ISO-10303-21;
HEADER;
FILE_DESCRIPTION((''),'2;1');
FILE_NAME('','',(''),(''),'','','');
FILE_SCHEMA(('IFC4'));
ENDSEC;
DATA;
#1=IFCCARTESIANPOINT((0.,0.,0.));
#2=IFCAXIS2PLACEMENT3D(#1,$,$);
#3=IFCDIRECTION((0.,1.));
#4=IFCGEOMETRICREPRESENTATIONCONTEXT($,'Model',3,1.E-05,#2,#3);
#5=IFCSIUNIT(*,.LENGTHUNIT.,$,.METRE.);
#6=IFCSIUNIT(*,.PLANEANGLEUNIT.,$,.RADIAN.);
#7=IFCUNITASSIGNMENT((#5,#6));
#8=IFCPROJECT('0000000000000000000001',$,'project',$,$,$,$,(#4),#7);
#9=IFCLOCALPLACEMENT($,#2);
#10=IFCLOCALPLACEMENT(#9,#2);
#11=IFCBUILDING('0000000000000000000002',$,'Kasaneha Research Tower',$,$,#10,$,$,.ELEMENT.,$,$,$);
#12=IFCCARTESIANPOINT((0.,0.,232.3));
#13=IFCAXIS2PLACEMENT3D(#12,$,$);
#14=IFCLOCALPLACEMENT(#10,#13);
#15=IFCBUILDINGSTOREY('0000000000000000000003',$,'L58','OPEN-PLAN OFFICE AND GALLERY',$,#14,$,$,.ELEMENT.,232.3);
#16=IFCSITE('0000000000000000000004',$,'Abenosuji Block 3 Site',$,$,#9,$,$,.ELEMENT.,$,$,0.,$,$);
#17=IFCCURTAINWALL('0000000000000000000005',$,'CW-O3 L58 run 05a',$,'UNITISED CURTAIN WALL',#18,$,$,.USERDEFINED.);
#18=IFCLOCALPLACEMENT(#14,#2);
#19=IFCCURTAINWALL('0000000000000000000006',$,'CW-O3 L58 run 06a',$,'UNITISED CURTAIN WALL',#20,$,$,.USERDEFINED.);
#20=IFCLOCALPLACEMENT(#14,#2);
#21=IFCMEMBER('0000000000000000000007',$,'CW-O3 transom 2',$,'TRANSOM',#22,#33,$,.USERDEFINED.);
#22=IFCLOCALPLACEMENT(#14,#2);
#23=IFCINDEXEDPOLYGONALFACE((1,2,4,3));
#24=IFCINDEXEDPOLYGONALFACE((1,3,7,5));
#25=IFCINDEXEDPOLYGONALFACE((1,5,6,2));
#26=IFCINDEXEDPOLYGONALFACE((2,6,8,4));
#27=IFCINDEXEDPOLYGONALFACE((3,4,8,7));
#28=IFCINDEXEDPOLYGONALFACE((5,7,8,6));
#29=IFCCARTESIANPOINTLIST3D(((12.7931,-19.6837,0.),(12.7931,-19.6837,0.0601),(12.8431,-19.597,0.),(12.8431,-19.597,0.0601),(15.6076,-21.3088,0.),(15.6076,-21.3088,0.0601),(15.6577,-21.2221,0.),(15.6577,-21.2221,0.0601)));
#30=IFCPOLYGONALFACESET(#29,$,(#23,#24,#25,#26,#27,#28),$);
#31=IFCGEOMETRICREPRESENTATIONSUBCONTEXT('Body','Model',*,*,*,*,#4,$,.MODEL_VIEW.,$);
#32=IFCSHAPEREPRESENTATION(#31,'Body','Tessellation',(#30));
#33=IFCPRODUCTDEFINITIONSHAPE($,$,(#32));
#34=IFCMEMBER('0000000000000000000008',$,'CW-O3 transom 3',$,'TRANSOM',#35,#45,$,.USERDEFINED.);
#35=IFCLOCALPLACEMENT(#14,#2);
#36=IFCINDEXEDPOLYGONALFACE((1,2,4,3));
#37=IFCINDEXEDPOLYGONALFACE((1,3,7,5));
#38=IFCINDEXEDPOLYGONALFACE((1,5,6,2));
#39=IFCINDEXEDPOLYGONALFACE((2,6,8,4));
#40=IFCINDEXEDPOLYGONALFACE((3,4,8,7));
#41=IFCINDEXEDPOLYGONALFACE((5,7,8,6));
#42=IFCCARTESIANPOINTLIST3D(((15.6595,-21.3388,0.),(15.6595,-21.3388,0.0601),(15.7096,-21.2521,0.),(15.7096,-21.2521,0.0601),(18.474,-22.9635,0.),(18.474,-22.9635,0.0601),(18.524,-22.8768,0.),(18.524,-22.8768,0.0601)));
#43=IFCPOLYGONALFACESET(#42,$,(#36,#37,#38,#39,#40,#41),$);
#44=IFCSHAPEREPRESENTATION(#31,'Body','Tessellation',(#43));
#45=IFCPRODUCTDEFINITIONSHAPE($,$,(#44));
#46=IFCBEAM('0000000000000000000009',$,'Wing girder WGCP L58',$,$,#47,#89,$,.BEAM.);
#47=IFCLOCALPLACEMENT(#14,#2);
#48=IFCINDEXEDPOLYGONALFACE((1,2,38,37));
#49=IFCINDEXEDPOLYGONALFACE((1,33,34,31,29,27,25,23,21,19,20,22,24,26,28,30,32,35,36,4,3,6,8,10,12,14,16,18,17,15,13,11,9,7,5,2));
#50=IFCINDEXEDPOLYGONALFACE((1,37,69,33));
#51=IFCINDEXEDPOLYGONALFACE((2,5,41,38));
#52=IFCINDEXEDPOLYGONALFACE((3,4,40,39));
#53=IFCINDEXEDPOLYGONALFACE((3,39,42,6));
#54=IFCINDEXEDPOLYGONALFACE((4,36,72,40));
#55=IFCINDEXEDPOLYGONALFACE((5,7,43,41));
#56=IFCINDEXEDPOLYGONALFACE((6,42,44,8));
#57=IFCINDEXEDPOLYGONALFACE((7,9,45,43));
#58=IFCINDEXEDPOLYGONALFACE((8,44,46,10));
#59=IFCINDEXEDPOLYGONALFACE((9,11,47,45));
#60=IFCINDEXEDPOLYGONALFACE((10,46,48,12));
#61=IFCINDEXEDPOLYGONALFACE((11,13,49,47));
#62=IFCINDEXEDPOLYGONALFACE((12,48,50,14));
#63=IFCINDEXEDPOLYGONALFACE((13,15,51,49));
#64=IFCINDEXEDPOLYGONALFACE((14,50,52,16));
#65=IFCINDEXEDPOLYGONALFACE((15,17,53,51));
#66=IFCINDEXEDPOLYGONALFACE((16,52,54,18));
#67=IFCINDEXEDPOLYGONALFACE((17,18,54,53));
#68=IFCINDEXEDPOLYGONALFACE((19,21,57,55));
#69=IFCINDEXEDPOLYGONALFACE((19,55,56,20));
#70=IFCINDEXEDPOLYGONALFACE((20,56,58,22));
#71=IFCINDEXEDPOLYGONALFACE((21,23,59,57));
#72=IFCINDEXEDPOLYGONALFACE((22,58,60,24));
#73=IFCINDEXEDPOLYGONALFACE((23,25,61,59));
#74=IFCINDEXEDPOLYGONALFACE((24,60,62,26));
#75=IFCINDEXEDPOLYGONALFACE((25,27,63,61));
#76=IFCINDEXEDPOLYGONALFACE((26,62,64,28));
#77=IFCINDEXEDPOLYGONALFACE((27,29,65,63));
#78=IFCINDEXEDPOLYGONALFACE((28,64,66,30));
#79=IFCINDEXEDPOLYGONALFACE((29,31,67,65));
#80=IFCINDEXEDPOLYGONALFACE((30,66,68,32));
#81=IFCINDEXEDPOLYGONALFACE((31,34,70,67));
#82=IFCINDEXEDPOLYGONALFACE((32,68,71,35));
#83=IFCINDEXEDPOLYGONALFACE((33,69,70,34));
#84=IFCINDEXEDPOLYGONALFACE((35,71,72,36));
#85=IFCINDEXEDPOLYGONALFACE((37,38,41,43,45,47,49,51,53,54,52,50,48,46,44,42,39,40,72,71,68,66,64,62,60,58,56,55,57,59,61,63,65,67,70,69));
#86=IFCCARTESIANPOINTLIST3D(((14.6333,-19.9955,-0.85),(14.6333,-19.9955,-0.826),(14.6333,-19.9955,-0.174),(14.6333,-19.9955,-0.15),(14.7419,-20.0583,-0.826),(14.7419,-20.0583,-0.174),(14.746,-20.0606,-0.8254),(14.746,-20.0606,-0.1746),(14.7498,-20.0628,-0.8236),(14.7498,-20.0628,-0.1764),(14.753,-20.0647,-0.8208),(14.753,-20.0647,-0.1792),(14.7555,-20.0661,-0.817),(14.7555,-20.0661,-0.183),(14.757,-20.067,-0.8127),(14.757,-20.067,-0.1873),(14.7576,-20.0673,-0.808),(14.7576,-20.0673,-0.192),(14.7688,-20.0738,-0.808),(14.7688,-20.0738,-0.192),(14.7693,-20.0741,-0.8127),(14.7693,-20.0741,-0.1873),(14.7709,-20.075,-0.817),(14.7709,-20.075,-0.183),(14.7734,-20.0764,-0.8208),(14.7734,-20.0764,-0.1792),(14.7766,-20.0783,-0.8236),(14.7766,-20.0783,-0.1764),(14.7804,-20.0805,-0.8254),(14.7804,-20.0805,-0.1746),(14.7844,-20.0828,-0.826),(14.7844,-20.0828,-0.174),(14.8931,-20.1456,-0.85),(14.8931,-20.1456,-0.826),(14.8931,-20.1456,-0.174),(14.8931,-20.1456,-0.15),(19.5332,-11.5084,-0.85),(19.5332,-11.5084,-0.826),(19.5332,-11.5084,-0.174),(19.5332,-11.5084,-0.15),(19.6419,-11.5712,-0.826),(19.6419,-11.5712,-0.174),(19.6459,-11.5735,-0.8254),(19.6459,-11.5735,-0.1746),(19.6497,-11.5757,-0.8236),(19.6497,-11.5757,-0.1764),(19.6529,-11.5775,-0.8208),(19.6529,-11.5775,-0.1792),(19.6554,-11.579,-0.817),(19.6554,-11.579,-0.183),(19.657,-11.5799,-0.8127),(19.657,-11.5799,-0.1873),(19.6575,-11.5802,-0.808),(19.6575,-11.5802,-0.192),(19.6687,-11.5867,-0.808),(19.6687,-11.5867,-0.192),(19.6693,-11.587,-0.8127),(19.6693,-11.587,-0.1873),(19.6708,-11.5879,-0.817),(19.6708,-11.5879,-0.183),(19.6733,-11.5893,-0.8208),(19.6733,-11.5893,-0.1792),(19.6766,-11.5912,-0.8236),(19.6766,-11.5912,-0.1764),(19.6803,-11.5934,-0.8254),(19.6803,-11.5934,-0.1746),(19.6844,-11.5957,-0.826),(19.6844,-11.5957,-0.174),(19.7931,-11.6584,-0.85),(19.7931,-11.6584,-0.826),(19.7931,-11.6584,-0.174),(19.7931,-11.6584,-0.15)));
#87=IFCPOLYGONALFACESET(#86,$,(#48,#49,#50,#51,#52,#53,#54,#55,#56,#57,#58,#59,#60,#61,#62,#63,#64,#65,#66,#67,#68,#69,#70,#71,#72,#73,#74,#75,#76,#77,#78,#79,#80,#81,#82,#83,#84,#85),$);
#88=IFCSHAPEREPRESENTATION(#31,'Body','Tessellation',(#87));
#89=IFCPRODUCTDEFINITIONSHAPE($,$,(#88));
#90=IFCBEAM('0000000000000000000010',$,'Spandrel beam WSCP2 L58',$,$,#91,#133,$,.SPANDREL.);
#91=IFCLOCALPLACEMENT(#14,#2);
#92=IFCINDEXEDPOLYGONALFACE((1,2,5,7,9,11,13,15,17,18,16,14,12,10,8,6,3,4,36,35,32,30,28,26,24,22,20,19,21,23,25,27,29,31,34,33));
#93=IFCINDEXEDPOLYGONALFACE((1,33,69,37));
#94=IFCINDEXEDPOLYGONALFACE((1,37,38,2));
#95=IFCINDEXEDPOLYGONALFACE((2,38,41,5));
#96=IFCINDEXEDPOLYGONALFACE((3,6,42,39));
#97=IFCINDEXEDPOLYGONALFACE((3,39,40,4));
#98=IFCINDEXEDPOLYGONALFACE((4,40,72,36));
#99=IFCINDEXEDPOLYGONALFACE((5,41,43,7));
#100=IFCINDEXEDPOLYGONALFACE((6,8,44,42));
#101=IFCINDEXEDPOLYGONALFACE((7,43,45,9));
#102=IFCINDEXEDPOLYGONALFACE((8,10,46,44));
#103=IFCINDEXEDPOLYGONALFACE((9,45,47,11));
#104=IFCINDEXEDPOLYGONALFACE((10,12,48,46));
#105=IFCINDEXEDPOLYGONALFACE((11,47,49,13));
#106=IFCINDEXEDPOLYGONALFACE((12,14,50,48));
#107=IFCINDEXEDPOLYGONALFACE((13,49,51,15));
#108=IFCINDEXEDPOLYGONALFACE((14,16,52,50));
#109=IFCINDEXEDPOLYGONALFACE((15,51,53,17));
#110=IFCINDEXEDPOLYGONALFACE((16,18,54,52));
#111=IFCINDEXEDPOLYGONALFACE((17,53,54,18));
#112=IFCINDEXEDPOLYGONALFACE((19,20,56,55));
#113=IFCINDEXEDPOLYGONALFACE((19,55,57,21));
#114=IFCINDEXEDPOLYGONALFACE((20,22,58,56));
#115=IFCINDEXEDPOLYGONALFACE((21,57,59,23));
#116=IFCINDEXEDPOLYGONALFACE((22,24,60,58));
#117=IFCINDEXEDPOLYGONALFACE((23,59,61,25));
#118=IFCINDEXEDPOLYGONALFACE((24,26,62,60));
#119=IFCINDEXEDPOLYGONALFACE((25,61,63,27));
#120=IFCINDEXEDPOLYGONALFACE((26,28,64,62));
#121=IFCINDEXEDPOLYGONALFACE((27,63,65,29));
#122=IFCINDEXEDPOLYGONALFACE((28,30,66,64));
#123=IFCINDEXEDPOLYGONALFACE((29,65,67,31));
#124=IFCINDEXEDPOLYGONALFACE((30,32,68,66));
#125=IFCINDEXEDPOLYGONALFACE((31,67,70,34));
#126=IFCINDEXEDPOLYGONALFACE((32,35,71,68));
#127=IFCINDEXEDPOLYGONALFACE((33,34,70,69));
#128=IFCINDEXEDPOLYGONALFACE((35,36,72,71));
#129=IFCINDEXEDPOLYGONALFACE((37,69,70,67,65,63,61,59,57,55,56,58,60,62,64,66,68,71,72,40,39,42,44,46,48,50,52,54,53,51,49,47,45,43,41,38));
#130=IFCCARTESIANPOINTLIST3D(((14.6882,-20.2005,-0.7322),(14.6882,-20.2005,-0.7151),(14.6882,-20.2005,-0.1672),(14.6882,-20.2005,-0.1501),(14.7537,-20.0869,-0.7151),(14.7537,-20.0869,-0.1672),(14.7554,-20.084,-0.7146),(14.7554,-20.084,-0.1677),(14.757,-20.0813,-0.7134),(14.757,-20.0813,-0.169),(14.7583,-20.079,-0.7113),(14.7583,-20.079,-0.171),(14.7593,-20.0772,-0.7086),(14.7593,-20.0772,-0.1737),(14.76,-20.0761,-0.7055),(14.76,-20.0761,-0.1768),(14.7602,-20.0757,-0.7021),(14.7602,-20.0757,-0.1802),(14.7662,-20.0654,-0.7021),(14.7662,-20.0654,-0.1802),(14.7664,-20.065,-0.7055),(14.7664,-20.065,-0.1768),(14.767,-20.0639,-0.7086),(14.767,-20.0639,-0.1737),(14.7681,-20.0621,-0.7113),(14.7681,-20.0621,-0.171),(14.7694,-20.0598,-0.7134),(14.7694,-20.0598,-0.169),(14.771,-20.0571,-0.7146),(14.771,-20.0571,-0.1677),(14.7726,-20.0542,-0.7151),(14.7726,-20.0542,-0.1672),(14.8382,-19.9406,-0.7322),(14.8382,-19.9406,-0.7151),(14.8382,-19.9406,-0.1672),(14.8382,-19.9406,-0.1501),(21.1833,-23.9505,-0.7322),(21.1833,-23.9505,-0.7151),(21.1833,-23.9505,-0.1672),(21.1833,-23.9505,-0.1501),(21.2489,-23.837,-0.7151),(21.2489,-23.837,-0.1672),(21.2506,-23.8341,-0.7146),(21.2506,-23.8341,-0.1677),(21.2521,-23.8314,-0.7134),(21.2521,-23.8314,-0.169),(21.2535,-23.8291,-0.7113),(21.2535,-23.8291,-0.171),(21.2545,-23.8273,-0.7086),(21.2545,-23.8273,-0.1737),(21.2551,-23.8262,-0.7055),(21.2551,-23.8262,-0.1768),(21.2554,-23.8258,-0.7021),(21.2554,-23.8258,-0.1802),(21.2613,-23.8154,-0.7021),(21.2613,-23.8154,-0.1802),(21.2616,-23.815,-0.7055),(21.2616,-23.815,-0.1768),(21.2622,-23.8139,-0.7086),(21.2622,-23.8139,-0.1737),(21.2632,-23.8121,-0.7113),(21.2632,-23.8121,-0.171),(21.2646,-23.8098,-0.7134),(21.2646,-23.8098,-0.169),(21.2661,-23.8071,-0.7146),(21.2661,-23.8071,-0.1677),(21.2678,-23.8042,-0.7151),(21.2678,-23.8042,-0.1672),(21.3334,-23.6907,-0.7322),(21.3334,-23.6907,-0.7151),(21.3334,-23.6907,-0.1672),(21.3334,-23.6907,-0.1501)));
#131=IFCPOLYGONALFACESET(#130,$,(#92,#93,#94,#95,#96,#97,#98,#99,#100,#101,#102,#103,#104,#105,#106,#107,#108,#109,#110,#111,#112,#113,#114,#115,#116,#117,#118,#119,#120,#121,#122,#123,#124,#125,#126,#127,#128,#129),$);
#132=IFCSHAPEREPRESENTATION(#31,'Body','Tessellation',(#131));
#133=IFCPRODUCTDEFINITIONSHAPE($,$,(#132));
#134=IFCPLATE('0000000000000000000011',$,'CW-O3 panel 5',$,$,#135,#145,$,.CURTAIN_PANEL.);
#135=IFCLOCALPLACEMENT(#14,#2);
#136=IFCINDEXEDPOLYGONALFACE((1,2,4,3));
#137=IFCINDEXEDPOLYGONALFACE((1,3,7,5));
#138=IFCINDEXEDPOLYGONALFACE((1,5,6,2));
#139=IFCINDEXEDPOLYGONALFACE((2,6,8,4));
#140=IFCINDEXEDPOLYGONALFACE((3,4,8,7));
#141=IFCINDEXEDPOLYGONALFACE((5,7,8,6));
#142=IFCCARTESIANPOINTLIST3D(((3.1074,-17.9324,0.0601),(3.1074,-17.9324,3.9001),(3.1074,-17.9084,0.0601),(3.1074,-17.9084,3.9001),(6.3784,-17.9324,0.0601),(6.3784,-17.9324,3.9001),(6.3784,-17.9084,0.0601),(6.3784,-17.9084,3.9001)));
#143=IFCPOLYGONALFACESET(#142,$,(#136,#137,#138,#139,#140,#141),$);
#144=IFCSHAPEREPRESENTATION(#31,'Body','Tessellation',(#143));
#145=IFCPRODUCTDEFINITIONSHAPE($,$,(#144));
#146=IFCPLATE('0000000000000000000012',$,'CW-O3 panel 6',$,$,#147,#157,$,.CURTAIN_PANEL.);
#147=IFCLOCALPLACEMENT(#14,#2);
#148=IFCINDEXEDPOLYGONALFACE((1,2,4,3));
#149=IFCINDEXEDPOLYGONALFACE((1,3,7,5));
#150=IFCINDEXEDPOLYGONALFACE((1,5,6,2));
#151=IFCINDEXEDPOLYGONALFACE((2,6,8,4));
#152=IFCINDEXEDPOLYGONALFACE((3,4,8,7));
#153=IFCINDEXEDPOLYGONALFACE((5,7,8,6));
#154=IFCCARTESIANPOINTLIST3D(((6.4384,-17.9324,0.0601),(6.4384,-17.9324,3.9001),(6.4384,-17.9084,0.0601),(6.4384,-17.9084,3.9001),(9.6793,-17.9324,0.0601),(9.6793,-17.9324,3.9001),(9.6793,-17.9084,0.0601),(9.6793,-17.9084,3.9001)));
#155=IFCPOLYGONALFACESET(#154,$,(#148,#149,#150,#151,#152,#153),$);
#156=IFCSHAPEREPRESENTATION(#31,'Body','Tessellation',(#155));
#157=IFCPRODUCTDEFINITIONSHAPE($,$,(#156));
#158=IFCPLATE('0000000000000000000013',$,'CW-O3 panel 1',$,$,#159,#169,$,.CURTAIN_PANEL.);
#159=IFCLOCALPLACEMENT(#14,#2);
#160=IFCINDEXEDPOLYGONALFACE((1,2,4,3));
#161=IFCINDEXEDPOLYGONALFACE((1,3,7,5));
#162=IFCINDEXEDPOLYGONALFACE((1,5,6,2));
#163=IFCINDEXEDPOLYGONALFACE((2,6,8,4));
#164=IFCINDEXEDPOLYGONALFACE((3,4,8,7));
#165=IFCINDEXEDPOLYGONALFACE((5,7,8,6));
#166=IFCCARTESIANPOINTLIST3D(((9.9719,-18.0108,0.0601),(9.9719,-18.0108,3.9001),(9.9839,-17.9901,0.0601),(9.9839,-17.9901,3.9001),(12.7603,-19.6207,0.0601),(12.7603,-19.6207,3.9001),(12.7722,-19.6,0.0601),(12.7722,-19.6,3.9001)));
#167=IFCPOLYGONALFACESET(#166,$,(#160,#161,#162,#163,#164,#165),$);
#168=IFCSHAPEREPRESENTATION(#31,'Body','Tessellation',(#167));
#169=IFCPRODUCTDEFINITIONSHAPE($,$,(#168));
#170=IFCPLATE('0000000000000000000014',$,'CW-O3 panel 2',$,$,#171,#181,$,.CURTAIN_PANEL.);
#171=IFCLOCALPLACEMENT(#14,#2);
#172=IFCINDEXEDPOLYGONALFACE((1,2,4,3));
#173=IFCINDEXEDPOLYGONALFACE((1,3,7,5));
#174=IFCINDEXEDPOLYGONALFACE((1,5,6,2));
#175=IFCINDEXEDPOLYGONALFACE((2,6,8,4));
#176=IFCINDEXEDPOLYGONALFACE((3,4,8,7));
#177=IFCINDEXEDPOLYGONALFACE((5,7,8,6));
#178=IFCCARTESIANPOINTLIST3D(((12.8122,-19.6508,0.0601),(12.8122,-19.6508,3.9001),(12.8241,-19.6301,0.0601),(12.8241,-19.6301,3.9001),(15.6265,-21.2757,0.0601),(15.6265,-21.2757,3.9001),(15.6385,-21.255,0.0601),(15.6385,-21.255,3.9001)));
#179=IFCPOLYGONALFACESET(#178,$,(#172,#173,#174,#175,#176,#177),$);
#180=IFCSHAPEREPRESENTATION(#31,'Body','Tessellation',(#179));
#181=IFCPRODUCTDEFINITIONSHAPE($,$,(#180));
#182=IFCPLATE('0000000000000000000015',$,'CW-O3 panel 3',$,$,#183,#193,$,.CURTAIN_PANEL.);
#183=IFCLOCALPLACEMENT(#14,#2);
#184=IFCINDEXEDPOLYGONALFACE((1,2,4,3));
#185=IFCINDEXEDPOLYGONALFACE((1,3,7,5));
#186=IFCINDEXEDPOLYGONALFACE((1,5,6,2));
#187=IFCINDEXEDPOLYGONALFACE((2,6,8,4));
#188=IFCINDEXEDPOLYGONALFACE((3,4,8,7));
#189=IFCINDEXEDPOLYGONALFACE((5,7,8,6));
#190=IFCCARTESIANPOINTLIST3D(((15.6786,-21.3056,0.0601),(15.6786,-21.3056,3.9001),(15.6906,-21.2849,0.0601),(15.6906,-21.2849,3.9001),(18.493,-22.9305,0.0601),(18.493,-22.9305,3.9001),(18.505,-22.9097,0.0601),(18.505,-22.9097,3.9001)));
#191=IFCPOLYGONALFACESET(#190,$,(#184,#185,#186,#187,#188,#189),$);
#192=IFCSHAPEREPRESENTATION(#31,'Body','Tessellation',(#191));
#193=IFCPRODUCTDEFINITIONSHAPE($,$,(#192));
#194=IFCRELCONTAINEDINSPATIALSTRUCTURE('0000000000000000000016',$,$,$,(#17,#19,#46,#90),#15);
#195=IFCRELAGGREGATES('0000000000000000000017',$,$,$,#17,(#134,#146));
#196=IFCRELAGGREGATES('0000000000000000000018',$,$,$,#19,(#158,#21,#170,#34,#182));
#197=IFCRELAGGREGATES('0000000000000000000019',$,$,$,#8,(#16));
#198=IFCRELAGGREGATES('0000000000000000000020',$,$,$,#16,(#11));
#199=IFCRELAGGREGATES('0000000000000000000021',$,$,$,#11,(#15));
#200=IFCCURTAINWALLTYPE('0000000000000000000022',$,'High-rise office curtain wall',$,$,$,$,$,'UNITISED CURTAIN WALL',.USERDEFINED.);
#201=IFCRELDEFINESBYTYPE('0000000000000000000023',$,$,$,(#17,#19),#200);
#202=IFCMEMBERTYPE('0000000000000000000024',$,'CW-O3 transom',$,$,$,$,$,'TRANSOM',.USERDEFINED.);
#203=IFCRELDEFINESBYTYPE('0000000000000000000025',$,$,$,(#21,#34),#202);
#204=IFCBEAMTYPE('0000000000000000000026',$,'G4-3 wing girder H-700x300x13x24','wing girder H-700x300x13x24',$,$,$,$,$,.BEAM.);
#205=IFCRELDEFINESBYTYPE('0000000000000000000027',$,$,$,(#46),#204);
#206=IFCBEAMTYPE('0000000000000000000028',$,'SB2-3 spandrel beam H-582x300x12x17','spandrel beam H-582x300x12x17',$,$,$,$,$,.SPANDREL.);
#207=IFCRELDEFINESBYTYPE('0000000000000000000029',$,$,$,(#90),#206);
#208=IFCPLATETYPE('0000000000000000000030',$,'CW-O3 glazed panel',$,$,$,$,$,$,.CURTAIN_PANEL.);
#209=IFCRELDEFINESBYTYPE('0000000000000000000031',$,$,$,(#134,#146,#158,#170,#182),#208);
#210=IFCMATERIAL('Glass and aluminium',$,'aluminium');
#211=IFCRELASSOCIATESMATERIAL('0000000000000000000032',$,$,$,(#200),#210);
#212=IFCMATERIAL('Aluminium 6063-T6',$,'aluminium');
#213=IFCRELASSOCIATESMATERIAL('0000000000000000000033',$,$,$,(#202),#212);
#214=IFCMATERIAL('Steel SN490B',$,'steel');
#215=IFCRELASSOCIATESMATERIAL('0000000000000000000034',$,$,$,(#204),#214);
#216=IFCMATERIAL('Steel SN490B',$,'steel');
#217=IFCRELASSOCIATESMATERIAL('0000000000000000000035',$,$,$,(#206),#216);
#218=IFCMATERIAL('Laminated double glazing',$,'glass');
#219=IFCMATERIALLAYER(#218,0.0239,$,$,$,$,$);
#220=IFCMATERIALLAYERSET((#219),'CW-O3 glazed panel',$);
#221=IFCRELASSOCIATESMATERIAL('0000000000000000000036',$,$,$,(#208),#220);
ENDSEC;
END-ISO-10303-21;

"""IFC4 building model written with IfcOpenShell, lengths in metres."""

from ifc_helpers import new_model, si_unit, direction, frame, origin, origin_2d, place, context, subcontext, project, spatial, rectangle, i_section, extrude, material, layer, layer_set, material_profile, profile_set, type_object, element, aggregate, save


model = new_model("IFC4")

# Units and contexts
model_context = context("Model", 3, precision=1e-05, world=origin(), true_north=direction((0.0, 1.0)))
body_context = subcontext(model_context, "Body", "Model", "MODEL_VIEW")
ifc_project = project(units=[si_unit("LENGTHUNIT", "METRE"), si_unit("PLANEANGLEUNIT", "RADIAN")], contexts=[model_context])

# Site, building, storey
site_placement = place(None, origin())
site = spatial("IfcSite", under=ifc_project, at=site_placement, Name="Abenosuji Block 3 Site", CompositionType="ELEMENT", RefElevation=0.0)
building_placement = place(site_placement, origin())
building = spatial("IfcBuilding", under=site, at=building_placement, Name="Kasaneha Research Tower", CompositionType="ELEMENT")
storey_placement = place(building_placement, frame((0.0, 0.0, 232.3)))
storey = spatial("IfcBuildingStorey", under=building, at=storey_placement, Name="L58", Description="OPEN-PLAN OFFICE AND GALLERY", CompositionType="ELEMENT", Elevation=232.3)

# Curtain walls
ifc_material_1 = material(Name="Glass and aluminium", Category="aluminium")
curtain_wall_type = type_object("IfcCurtainWallType", Name="High-rise office curtain wall", ElementType="UNITISED CURTAIN WALL", PredefinedType="USERDEFINED", material=ifc_material_1)
curtain_wall_1_placement = place(storey_placement, origin())
curtain_wall_1 = element("IfcCurtainWall", 1, at=curtain_wall_1_placement, inside=storey, type_object=curtain_wall_type, Name="CW-O3 L58 run 05a", ObjectType="UNITISED CURTAIN WALL", PredefinedType="USERDEFINED")
curtain_wall_2_placement = place(storey_placement, origin())
curtain_wall_2 = element("IfcCurtainWall", 2, at=curtain_wall_2_placement, inside=storey, type_object=curtain_wall_type, Name="CW-O3 L58 run 06a", ObjectType="UNITISED CURTAIN WALL", PredefinedType="USERDEFINED")

# Members
ifc_material_2 = material(Name="Aluminium 6063-T6", Category="aluminium")
ifc_material_profile_1 = material_profile(ifc_material_2, rectangle(XDim=0.1001, YDim=0.0601, at=origin_2d()), Name="CW-O3 transom 100x60")
ifc_profile_set_1 = profile_set([ifc_material_profile_1], Name="Aluminium 6063-T6")
member_type_1 = type_object("IfcMemberType", Name="CW-O3 transom", ElementType="TRANSOM", PredefinedType="USERDEFINED", material=ifc_profile_set_1)
member_1_placement = place(storey_placement, frame((12.8181, -19.6404, 0.03), z_axis=(0.866015, -0.500017, 0.0), x_axis=(0.500017, 0.866015, 0.0)))
member_1 = element("IfcMember", 3, at=member_1_placement, type_object=member_type_1, Name="CW-O3 transom 2", ObjectType="TRANSOM", PredefinedType="USERDEFINED", context=body_context, shape_type="SweptSolid", body=[
    extrude(rectangle(XDim=0.1001, YDim=0.0601, at=origin_2d()), origin(), (0.0, 0.0, 1.0), 3.25),
])
member_2_placement = place(storey_placement, frame((15.6846, -21.2954, 0.03), z_axis=(0.866048, -0.499961, 0.0), x_axis=(0.499961, 0.866048, 0.0)))
member_2 = element("IfcMember", 4, at=member_2_placement, type_object=member_type_1, Name="CW-O3 transom 3", ObjectType="TRANSOM", PredefinedType="USERDEFINED", context=body_context, shape_type="SweptSolid", body=[
    extrude(rectangle(XDim=0.1001, YDim=0.0601, at=origin_2d()), origin(), (0.0, 0.0, 1.0), 3.2498),
])

# Beams
ifc_material_3 = material(Name="Steel SN490B", Category="steel")
ifc_material_profile_2 = material_profile(ifc_material_3, i_section(OverallWidth=0.3, OverallDepth=0.7, WebThickness=0.0129, FlangeThickness=0.0239, FilletRadius=0.0181, at=origin_2d()), Name="H-700x300x13x24")
ifc_profile_set_2 = profile_set([ifc_material_profile_2], Name="Steel SN490B")
beam_type_1 = type_object("IfcBeamType", Name="G4-3 wing girder H-700x300x13x24", Description="wing girder H-700x300x13x24", PredefinedType="BEAM", material=ifc_profile_set_2)
beam_1_placement = place(storey_placement, frame((14.7632, -20.0706, -0.5), z_axis=(0.499992, 0.86603, 0.0), x_axis=(-0.86603, 0.499992, 0.0)))
element("IfcBeam", 5, at=beam_1_placement, inside=storey, type_object=beam_type_1, Name="Wing girder WGCP L58", PredefinedType="BEAM", context=body_context, shape_type="SweptSolid", body=[
    extrude(i_section(OverallWidth=0.3, OverallDepth=0.7, WebThickness=0.0129, FlangeThickness=0.0239, FilletRadius=0.0181, at=origin_2d()), origin(), (0.0, 0.0, 1.0), 9.8),
])
ifc_material_4 = material(Name="Steel SN490B", Category="steel")
ifc_material_profile_3 = material_profile(ifc_material_4, i_section(OverallWidth=0.3, OverallDepth=0.582, WebThickness=0.012, FlangeThickness=0.0171, FilletRadius=0.0129, at=origin_2d()), Name="H-582x300x12x17")
ifc_profile_set_3 = profile_set([ifc_material_profile_3], Name="Steel SN490B")
beam_type_2 = type_object("IfcBeamType", Name="SB2-3 spandrel beam H-582x300x12x17", Description="spandrel beam H-582x300x12x17", PredefinedType="SPANDREL", material=ifc_profile_set_3)
beam_2_placement = place(storey_placement, frame((14.7632, -20.0706, -0.4412), z_axis=(0.866023, -0.500004, 0.0), x_axis=(0.500004, 0.866023, 0.0)))
element("IfcBeam", 6, at=beam_2_placement, inside=storey, type_object=beam_type_2, Name="Spandrel beam WSCP2 L58", PredefinedType="SPANDREL", context=body_context, shape_type="SweptSolid", body=[
    extrude(i_section(OverallWidth=0.3, OverallDepth=0.582, WebThickness=0.012, FlangeThickness=0.0171, FilletRadius=0.0129, at=origin_2d()), origin(), (0.0, 0.0, 1.0), 7.5),
])

# Plates
ifc_material_5 = material(Name="Laminated double glazing", Category="glass")
ifc_layer_1 = layer(ifc_material_5, 0.0239)
ifc_layer_set_1 = layer_set([ifc_layer_1], Name="CW-O3 glazed panel")
plate_type = type_object("IfcPlateType", Name="CW-O3 glazed panel", PredefinedType="CURTAIN_PANEL", material=ifc_layer_set_1)
plate_1_placement = place(storey_placement, frame((4.7429, -17.9204, 0.0601), z_axis=(0.0, 0.0, 1.0), x_axis=(1.0, 0.0, 0.0)))
plate_1 = element("IfcPlate", 7, at=plate_1_placement, type_object=plate_type, Name="CW-O3 panel 5", PredefinedType="CURTAIN_PANEL", context=body_context, shape_type="SweptSolid", body=[
    extrude(rectangle(XDim=3.271, YDim=0.0239, at=origin_2d()), origin(), (0.0, 0.0, 1.0), 3.8401),
])
plate_2_placement = place(storey_placement, frame((8.0588, -17.9204, 0.0601), z_axis=(0.0, 0.0, 1.0), x_axis=(1.0, 0.0, 0.0)))
plate_2 = element("IfcPlate", 8, at=plate_2_placement, type_object=plate_type, Name="CW-O3 panel 6", PredefinedType="CURTAIN_PANEL", context=body_context, shape_type="SweptSolid", body=[
    extrude(rectangle(XDim=3.241, YDim=0.0239, at=origin_2d()), origin(), (0.0, 0.0, 1.0), 3.8401),
])
aggregate(curtain_wall_1, [plate_1, plate_2])
plate_3_placement = place(storey_placement, frame((11.3721, -18.8054, 0.0601), z_axis=(0.0, 0.0, 1.0), x_axis=(0.866025, -0.5, 0.0)))
plate_3 = element("IfcPlate", 9, at=plate_3_placement, type_object=plate_type, Name="CW-O3 panel 1", PredefinedType="CURTAIN_PANEL", context=body_context, shape_type="SweptSolid", body=[
    extrude(rectangle(XDim=3.2197, YDim=0.0239, at=origin_2d()), origin(), (0.0, 0.0, 1.0), 3.8401),
])
plate_4_placement = place(storey_placement, frame((14.2253, -20.4529, 0.0601), z_axis=(0.0, 0.0, 1.0), x_axis=(0.866025, -0.5, 0.0)))
plate_4 = element("IfcPlate", 10, at=plate_4_placement, type_object=plate_type, Name="CW-O3 panel 2", PredefinedType="CURTAIN_PANEL", context=body_context, shape_type="SweptSolid", body=[
    extrude(rectangle(XDim=3.2498, YDim=0.0239, at=origin_2d()), origin(), (0.0, 0.0, 1.0), 3.8401),
])
plate_5_placement = place(storey_placement, frame((17.0918, -22.1077, 0.0601), z_axis=(0.0, 0.0, 1.0), x_axis=(0.866025, -0.5, 0.0)))
plate_5 = element("IfcPlate", 11, at=plate_5_placement, type_object=plate_type, Name="CW-O3 panel 3", PredefinedType="CURTAIN_PANEL", context=body_context, shape_type="SweptSolid", body=[
    extrude(rectangle(XDim=3.2498, YDim=0.0239, at=origin_2d()), origin(), (0.0, 0.0, 1.0), 3.8401),
])
aggregate(curtain_wall_2, [plate_3, member_1, plate_4, member_2, plate_5])

save(model, "model.ifc")
